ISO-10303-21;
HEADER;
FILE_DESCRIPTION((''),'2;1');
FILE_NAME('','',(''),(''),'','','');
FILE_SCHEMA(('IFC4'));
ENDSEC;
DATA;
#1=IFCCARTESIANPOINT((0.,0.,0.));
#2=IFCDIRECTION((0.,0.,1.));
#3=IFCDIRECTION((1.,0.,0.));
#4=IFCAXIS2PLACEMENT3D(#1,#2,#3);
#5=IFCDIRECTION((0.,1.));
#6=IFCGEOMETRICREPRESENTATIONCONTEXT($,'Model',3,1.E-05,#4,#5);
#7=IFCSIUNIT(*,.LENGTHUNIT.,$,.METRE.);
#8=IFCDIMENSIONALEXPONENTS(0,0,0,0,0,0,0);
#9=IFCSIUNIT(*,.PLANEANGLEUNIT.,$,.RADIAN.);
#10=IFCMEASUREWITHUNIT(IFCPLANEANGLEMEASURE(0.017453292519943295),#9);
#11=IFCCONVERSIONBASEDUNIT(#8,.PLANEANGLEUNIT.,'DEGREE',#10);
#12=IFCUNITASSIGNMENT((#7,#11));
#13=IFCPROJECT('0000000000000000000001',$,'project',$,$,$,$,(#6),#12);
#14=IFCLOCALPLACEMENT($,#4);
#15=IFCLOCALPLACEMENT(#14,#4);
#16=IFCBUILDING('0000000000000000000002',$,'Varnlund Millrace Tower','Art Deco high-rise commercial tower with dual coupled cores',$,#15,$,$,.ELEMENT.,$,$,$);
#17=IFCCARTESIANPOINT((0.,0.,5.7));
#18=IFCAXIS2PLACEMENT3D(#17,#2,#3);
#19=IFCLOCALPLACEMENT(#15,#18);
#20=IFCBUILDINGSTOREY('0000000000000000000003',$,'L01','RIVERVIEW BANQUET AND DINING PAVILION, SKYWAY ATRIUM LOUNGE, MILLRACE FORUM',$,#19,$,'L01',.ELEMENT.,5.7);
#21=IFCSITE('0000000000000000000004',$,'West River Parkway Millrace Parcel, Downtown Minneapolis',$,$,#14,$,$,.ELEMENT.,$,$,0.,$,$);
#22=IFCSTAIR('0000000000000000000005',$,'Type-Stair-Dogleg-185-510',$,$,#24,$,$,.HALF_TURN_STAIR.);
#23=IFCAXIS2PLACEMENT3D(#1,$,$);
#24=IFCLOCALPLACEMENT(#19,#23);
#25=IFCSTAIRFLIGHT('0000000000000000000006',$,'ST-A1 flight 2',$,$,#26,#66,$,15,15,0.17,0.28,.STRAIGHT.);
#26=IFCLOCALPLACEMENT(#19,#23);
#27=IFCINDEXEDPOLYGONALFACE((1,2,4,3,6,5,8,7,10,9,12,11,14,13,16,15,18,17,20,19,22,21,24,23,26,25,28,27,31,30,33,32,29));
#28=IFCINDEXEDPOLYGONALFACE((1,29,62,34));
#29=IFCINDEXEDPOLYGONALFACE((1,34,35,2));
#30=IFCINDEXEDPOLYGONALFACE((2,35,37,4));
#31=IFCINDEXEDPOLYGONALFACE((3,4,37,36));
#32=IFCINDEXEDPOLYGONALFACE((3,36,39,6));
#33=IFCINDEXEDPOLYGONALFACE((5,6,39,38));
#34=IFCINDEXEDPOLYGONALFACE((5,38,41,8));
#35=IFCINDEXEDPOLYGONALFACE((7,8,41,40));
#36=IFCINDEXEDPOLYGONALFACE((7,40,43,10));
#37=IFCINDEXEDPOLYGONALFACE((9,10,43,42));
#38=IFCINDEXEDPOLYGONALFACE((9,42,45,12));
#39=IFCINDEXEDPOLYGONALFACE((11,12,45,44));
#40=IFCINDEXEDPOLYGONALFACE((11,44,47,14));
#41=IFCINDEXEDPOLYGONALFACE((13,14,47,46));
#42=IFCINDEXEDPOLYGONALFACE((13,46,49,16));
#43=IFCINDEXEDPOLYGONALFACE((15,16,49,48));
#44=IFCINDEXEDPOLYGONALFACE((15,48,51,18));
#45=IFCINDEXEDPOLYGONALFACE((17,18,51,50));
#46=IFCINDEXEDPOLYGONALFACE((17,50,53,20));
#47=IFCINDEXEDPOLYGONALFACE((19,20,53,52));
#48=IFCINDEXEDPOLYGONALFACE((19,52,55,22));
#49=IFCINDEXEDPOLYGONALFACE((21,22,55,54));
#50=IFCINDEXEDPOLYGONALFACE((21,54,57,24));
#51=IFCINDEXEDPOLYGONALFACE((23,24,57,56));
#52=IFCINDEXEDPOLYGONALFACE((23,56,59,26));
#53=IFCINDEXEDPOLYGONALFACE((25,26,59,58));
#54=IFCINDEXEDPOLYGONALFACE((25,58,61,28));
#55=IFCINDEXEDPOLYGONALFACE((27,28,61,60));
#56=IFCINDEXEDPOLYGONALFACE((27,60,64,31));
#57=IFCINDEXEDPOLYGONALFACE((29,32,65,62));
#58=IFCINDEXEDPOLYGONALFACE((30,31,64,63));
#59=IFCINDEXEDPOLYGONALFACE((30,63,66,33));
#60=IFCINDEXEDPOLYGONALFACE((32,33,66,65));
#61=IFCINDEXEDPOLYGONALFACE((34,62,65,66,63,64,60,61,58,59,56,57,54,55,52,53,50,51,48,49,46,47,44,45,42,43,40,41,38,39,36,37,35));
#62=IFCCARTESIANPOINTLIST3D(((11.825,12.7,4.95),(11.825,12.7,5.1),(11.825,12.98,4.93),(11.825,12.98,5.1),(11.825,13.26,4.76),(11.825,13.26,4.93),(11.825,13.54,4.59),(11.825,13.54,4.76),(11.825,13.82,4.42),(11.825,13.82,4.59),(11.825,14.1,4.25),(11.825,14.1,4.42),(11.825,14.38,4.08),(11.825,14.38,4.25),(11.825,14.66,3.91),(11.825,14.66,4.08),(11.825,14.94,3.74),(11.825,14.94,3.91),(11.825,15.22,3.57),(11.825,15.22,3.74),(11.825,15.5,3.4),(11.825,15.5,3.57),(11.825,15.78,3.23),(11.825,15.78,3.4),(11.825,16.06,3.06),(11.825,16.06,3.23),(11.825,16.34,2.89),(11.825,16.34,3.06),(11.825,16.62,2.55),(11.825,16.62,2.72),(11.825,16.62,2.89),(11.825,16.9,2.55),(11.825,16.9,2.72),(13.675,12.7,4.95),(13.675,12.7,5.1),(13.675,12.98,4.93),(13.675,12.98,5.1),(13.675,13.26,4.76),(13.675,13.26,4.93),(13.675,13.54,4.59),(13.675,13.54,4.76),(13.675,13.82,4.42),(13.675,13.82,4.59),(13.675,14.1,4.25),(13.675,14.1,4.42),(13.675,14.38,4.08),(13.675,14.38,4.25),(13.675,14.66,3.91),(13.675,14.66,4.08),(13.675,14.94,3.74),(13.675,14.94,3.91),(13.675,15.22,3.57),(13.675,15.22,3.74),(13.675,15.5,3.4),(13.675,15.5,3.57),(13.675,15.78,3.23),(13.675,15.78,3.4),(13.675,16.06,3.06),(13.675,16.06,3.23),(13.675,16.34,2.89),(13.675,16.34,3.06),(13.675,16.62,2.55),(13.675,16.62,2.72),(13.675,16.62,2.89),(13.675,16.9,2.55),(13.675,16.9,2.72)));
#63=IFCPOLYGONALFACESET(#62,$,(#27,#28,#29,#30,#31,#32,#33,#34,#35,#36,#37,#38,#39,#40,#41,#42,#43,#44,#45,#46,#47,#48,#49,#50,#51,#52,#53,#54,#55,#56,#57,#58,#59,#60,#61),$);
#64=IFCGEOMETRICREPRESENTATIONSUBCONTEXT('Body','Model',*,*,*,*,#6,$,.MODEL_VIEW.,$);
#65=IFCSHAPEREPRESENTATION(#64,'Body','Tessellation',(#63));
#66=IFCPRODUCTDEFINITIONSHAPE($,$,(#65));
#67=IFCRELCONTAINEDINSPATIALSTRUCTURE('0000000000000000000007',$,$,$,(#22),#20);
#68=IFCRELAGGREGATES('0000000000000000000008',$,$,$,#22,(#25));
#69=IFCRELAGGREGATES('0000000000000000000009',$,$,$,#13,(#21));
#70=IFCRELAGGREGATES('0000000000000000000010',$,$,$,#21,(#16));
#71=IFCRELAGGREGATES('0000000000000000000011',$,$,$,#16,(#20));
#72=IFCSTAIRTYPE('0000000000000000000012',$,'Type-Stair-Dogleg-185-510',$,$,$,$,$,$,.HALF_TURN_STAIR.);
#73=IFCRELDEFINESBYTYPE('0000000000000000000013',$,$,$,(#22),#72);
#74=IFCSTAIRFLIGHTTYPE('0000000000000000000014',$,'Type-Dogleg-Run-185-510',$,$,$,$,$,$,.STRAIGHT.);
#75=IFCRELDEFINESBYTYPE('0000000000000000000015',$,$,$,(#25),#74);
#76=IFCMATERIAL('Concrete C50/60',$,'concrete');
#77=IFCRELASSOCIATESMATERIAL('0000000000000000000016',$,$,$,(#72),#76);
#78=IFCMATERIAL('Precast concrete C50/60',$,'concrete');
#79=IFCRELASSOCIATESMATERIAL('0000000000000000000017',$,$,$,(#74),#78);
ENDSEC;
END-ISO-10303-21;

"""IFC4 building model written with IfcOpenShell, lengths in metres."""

from ifc_helpers import new_model, entity, si_unit, converted_unit, direction, frame, origin_with_axes, place, context, subcontext, project, spatial, polyline, outline, extrude, material, type_object, element, aggregate, save


model = new_model("IFC4")

# Units and contexts
model_context = context("Model", 3, precision=1e-05, world=origin_with_axes(), true_north=direction((0.0, 1.0)))
body_context = subcontext(model_context, "Body", "Model", "MODEL_VIEW")
ifc_project = project(units=[si_unit("LENGTHUNIT", "METRE"), converted_unit("PLANEANGLEUNIT", "DEGREE", entity("IfcPlaneAngleMeasure", 0.017453292519943295), si_unit("PLANEANGLEUNIT", "RADIAN"), dimensions=[0, 0, 0, 0, 0, 0, 0])], contexts=[model_context])

# Site, building, storey
site_placement = place(None, origin_with_axes())
site = spatial("IfcSite", under=ifc_project, at=site_placement, Name="West River Parkway Millrace Parcel, Downtown Minneapolis", CompositionType="ELEMENT", RefElevation=0.0)
building_placement = place(site_placement, origin_with_axes())
building = spatial("IfcBuilding", under=site, at=building_placement, Name="Varnlund Millrace Tower", Description="Art Deco high-rise commercial tower with dual coupled cores", CompositionType="ELEMENT")
storey_placement = place(building_placement, frame((0.0, 0.0, 5.7), z_axis=(0.0, 0.0, 1.0), x_axis=(1.0, 0.0, 0.0)))
storey = spatial("IfcBuildingStorey", under=building, at=storey_placement, Name="L01", Description="RIVERVIEW BANQUET AND DINING PAVILION, SKYWAY ATRIUM LOUNGE, MILLRACE FORUM", LongName="L01", CompositionType="ELEMENT", Elevation=5.7)

# Stair, stair flight
ifc_material_1 = material(Name="Concrete C50/60", Category="concrete")
stair_type = type_object("IfcStairType", Name="Type-Stair-Dogleg-185-510", PredefinedType="HALF_TURN_STAIR", material=ifc_material_1)
stair_placement = place(storey_placement, origin_with_axes())
stair = element("IfcStair", 1, at=stair_placement, inside=storey, type_object=stair_type, Name="Type-Stair-Dogleg-185-510", PredefinedType="HALF_TURN_STAIR")
ifc_material_2 = material(Name="Precast concrete C50/60", Category="concrete")
stair_flight_type = type_object("IfcStairFlightType", Name="Type-Dogleg-Run-185-510", PredefinedType="STRAIGHT", material=ifc_material_2)
stair_flight_placement = place(storey_placement, frame((13.675, 16.9, 2.55), z_axis=(-1.0, 0.0, 0.0), x_axis=(0.0, -1.0, 0.0)))
stair_flight = element("IfcStairFlight", 2, at=stair_flight_placement, type_object=stair_flight_type, Name="ST-A1 flight 2", NumberOfRisers=15, NumberOfTreads=15, PredefinedType="STRAIGHT", RiserHeight=0.17, TreadLength=0.28, context=body_context, shape_type="SweptSolid", body=[
    extrude(outline(polyline([(0.0, 0.0), (0.0, 0.17), (0.28, 0.17), (0.28, 0.34), (0.56, 0.34), (0.56, 0.51), (0.84, 0.51), (0.84, 0.68), (1.12, 0.68), (1.12, 0.85), (1.4, 0.85), (1.4, 1.02), (1.68, 1.02), (1.68, 1.19), (1.96, 1.19), (1.96, 1.36), (2.24, 1.36), (2.24, 1.53), (2.52, 1.53), (2.52, 1.7), (2.8, 1.7), (2.8, 1.87), (3.08, 1.87), (3.08, 2.04), (3.36, 2.04), (3.36, 2.21), (3.64, 2.21), (3.64, 2.38), (3.92, 2.38), (3.92, 2.55), (4.2, 2.55), (4.2, 2.4), (0.28, 0.0), (0.0, 0.0)])), origin_with_axes(), (0.0, 0.0, 1.0), 1.85),
])
aggregate(stair, [stair_flight])

save(model, "model.ifc")
